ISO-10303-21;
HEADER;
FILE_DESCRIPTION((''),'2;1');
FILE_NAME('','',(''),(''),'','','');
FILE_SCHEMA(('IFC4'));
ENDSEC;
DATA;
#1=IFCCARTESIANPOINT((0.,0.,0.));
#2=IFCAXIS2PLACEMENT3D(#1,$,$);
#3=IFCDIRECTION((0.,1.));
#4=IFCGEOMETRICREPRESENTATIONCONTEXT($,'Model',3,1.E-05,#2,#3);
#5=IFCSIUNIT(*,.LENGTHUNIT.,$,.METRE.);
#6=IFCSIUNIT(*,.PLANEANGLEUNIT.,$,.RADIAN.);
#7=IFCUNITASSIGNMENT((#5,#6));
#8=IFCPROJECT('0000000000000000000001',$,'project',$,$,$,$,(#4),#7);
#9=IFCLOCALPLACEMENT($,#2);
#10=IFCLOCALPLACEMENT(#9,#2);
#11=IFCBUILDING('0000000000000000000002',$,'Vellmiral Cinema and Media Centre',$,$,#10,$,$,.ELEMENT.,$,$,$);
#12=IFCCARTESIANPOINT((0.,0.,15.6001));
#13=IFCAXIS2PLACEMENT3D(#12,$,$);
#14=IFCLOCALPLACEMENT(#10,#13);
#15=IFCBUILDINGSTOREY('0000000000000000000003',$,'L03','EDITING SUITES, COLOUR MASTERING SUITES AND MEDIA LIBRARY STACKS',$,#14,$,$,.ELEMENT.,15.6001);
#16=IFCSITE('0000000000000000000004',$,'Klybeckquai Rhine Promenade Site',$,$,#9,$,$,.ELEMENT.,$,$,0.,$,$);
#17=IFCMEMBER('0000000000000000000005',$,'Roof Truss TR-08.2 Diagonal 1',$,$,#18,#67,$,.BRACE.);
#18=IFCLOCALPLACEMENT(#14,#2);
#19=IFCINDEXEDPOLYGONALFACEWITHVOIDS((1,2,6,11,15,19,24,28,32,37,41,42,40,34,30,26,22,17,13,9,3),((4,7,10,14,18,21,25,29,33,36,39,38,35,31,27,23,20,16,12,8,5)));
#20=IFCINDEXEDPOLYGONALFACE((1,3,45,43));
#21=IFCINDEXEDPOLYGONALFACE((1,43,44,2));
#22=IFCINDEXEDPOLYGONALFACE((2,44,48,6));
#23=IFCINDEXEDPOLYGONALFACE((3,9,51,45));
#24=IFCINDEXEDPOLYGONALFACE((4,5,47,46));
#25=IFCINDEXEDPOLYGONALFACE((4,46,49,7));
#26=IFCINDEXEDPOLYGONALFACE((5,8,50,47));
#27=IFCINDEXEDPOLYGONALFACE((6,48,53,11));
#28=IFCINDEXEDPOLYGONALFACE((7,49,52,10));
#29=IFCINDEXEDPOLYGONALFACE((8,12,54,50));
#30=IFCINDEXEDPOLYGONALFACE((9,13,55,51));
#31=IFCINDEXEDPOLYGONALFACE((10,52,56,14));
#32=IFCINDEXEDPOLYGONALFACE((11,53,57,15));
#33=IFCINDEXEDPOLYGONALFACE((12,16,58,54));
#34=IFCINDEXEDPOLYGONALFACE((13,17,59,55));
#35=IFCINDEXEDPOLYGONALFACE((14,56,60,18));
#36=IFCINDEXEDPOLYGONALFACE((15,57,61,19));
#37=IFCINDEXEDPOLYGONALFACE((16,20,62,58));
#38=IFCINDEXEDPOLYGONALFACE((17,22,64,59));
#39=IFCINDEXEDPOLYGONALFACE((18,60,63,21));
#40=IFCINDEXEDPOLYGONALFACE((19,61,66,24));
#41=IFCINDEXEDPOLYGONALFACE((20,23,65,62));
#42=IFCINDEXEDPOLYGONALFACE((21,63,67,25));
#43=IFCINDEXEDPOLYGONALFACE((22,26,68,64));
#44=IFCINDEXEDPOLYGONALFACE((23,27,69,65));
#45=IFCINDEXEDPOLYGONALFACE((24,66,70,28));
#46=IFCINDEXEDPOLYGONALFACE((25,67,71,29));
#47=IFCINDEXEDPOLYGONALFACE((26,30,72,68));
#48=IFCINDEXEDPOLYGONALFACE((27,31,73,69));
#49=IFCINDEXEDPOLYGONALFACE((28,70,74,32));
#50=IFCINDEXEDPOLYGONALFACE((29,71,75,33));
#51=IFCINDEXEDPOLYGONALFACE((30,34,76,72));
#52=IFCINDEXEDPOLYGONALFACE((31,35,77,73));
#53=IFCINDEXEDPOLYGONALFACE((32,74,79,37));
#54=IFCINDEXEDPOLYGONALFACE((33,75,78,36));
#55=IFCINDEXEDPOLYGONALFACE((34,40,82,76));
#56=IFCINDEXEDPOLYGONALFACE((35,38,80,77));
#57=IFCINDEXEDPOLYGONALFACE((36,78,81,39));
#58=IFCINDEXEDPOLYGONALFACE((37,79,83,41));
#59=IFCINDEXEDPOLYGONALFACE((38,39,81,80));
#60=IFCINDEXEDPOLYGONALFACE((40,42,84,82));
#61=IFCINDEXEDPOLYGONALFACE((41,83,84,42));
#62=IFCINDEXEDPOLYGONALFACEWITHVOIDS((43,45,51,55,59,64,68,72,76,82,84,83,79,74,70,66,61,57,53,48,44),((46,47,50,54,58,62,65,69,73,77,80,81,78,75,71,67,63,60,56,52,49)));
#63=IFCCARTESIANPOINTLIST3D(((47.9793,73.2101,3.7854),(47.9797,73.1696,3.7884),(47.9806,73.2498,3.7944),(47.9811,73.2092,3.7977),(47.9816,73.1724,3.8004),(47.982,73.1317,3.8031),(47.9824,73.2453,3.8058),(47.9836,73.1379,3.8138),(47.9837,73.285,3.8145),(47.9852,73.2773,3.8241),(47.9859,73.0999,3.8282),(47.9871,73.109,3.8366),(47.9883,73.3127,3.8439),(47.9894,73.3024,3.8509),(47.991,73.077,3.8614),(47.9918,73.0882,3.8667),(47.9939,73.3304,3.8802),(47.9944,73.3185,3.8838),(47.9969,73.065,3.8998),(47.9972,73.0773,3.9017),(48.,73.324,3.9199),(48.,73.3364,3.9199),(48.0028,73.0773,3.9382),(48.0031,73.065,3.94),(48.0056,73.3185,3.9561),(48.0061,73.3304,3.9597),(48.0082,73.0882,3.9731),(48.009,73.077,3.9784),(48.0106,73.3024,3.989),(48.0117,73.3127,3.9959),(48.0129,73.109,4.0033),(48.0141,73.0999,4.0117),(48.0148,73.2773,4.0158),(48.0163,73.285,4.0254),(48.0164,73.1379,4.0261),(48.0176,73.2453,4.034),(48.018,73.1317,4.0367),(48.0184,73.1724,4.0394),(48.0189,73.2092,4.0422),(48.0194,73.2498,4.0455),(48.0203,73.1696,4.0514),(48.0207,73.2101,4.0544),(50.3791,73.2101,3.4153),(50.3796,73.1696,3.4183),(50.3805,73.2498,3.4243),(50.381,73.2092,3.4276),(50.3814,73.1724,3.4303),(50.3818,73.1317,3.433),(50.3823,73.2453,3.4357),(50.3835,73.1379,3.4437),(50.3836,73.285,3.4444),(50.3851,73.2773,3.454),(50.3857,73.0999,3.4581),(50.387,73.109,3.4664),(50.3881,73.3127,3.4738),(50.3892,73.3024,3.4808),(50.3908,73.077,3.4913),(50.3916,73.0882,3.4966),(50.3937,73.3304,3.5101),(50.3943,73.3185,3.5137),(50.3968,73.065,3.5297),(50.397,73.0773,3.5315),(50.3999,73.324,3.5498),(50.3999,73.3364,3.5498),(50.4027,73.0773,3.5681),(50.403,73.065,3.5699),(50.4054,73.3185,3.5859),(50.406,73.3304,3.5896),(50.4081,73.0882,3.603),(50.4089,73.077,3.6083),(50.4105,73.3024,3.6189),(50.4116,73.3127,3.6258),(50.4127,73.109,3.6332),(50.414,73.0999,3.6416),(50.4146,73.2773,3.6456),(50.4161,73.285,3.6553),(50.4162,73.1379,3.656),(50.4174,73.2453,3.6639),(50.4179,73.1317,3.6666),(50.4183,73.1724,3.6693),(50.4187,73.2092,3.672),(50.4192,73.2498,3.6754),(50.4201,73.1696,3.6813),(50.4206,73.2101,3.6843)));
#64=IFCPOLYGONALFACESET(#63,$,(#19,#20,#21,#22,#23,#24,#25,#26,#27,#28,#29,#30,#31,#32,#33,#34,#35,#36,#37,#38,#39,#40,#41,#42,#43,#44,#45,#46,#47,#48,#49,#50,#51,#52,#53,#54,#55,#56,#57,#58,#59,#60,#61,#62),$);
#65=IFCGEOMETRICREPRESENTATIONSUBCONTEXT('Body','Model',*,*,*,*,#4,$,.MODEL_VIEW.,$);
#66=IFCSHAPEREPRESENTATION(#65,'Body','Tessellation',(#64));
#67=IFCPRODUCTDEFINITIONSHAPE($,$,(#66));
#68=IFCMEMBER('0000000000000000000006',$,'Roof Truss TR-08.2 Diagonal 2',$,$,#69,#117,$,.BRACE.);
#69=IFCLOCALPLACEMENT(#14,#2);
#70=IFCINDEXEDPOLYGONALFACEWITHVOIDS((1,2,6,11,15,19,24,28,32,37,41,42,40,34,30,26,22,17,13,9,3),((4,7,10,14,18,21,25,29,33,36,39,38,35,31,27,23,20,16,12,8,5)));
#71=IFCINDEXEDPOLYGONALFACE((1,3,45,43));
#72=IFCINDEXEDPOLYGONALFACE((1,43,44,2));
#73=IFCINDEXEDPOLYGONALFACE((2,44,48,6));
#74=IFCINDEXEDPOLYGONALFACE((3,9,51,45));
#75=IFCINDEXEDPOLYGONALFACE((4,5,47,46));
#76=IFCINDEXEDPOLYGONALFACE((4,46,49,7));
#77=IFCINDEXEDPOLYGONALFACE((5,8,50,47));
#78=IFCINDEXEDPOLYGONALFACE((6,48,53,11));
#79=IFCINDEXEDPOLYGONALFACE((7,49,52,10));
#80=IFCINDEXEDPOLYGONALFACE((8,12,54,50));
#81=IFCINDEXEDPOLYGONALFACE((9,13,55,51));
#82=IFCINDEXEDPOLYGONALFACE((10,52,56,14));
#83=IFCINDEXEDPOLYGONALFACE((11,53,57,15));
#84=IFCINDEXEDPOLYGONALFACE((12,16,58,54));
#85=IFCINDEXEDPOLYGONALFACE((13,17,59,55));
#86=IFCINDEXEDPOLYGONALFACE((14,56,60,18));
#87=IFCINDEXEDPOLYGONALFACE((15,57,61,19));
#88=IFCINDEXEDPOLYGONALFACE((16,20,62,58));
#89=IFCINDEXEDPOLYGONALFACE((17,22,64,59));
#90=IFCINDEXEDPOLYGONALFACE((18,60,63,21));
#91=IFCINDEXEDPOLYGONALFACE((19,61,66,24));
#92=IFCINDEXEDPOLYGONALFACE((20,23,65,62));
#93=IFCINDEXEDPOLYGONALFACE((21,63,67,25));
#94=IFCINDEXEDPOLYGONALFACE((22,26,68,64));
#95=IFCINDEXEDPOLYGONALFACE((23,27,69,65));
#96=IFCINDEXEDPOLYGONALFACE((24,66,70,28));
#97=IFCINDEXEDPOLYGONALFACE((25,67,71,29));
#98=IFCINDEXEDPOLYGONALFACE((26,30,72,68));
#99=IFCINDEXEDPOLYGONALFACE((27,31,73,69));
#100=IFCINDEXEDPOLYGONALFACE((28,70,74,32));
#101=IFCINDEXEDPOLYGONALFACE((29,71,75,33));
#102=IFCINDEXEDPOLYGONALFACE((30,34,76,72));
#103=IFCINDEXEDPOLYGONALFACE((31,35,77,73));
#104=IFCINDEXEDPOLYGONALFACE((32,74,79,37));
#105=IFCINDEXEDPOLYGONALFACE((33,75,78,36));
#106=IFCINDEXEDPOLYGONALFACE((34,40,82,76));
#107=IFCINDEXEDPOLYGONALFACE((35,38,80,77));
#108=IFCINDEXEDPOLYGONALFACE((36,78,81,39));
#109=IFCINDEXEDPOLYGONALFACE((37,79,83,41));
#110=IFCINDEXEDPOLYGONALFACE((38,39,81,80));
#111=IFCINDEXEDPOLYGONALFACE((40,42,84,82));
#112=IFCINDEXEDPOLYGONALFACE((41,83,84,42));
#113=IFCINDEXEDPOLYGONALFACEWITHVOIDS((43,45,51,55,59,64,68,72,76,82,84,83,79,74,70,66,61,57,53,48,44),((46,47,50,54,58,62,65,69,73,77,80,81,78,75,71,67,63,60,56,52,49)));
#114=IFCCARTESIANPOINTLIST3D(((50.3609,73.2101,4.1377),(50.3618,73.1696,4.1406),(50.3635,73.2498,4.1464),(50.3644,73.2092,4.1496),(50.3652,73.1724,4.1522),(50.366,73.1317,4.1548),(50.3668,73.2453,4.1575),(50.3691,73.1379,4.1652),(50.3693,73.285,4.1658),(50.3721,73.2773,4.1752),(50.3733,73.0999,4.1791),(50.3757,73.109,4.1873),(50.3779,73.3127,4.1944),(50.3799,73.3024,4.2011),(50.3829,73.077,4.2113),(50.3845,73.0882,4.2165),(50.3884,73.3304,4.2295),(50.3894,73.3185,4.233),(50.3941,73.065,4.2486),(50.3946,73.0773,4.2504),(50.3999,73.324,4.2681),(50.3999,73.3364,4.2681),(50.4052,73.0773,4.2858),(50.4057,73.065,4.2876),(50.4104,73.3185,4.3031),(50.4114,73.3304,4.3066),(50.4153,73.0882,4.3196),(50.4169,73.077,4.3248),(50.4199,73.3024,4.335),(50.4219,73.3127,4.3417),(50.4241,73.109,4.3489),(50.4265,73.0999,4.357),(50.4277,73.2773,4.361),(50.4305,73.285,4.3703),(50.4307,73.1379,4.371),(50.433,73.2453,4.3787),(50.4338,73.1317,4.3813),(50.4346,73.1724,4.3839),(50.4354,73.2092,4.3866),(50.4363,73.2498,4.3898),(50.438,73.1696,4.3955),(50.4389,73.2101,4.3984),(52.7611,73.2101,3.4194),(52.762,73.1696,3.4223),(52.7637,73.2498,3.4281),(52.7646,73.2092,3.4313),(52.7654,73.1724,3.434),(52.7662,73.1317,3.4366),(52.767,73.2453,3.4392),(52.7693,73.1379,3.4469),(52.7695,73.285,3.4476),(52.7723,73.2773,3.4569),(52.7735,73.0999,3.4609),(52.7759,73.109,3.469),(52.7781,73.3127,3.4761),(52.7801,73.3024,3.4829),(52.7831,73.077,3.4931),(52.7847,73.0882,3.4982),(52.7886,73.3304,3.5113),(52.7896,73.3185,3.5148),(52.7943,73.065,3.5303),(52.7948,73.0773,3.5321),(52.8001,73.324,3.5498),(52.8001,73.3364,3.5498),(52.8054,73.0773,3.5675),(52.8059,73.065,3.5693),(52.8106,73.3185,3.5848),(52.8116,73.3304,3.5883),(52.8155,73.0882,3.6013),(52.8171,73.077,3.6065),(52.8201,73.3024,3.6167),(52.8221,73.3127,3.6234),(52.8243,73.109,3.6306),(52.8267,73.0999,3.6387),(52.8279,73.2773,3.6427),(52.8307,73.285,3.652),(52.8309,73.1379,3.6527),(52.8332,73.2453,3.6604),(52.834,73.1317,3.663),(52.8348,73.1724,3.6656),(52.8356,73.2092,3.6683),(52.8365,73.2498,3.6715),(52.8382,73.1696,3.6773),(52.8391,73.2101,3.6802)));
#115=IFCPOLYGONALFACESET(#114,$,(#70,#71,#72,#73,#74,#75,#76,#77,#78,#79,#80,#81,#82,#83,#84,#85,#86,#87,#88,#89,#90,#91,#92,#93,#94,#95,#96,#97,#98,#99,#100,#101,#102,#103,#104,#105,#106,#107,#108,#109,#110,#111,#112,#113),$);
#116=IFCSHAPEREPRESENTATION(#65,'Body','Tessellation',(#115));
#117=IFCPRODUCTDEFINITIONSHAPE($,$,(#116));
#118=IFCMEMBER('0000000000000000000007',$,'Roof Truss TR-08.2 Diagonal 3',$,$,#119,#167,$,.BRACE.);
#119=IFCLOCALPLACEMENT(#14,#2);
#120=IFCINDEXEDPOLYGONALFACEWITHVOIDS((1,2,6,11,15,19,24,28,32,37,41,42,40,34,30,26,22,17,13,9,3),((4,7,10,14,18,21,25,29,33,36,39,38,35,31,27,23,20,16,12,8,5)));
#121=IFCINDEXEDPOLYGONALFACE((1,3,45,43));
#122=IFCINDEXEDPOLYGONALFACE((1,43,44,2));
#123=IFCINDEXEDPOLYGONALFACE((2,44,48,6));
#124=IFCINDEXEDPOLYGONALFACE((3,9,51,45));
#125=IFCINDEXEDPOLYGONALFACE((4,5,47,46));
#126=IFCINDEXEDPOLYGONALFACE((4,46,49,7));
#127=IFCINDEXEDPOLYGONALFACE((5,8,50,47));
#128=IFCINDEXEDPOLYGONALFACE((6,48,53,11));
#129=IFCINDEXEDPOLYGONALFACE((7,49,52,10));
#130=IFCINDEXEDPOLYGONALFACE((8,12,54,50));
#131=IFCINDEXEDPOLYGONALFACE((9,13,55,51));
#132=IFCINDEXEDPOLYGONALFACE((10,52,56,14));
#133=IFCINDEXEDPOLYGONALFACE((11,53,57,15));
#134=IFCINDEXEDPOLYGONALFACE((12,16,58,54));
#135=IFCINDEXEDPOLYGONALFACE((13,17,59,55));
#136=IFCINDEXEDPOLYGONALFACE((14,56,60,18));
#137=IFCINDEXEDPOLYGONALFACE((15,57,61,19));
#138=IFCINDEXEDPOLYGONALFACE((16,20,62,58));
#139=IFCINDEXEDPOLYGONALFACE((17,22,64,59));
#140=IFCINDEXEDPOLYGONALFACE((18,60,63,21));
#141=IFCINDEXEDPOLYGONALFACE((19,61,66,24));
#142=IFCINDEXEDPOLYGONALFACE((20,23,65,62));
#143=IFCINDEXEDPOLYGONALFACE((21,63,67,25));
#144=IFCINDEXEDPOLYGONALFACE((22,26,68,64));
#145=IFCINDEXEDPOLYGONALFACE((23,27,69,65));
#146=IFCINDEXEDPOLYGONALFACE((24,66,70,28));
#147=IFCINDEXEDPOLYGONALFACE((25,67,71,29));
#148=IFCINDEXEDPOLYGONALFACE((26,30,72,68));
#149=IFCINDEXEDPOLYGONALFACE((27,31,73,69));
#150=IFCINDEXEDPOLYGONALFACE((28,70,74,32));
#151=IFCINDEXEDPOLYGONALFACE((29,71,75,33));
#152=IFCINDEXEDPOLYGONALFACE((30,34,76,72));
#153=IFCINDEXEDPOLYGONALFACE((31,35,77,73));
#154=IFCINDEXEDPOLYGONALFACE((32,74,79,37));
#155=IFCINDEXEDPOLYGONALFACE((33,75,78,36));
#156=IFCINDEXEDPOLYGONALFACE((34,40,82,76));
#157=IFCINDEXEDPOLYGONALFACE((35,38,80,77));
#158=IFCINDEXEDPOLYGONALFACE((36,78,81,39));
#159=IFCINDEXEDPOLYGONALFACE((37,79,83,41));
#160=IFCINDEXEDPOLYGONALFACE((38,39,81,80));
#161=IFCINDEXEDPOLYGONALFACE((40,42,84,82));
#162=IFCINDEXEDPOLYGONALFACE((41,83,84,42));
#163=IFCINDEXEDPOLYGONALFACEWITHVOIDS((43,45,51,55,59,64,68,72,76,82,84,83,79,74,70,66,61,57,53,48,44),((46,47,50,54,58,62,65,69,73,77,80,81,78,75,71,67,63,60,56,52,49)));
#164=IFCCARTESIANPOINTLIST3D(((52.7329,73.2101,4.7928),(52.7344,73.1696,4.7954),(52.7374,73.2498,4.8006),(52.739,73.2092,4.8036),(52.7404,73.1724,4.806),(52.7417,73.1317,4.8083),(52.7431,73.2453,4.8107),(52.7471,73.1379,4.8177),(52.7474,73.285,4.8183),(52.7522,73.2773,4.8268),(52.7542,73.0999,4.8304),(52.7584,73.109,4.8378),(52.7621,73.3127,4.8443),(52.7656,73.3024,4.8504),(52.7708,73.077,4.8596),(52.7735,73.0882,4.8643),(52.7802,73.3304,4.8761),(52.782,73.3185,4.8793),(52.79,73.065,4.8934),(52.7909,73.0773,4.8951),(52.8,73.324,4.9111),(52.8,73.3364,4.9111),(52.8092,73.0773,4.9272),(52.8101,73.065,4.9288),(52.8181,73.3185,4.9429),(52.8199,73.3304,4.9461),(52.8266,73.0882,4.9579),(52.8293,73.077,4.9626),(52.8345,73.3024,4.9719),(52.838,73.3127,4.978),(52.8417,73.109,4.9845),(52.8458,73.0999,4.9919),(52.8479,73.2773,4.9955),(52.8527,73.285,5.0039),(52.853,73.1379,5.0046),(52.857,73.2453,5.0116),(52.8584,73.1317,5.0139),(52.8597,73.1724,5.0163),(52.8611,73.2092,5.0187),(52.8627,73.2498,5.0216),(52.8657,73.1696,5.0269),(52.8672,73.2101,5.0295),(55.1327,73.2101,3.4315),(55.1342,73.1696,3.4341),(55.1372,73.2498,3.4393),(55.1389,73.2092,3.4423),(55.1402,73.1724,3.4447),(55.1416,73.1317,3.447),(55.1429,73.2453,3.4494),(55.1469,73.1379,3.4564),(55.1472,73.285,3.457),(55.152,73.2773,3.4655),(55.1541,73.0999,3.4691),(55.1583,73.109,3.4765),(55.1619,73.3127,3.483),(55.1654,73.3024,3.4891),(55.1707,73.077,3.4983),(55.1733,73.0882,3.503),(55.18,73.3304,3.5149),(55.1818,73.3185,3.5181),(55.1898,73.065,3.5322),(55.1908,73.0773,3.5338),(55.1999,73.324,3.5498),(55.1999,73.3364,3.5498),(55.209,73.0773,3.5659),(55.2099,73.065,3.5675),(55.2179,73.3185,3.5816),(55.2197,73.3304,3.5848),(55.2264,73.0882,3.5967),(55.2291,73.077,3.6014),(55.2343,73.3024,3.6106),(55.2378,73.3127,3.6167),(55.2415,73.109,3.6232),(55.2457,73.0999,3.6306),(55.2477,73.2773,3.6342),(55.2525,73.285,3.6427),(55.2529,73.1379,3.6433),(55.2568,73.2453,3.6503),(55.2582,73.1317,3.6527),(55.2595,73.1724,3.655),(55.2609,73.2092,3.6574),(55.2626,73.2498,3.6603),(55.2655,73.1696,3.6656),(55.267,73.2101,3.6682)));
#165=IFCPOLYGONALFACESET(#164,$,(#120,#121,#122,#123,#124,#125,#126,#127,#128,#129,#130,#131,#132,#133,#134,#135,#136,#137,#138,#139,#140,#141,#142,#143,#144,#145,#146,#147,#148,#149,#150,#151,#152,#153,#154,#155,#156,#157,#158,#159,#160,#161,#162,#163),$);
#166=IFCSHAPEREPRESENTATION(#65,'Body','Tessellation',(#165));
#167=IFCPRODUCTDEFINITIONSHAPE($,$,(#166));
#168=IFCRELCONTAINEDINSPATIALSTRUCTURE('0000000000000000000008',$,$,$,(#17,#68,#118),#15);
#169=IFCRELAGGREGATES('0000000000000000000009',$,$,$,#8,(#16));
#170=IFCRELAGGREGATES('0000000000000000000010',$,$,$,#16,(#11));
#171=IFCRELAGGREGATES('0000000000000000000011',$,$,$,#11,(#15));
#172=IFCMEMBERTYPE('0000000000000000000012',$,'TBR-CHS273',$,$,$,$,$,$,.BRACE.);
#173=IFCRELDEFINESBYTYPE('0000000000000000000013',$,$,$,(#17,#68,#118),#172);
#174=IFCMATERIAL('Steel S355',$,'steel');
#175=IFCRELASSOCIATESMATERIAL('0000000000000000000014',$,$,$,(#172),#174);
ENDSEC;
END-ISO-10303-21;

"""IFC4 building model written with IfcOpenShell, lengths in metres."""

from ifc_helpers import new_model, si_unit, direction, frame, origin, origin_2d, place, context, subcontext, project, spatial, hollow_circle, extrude, material, material_profile, profile_set, type_object, element, save


model = new_model("IFC4")

# Units and contexts
model_context = context("Model", 3, precision=1e-05, world=origin(), true_north=direction((0.0, 1.0)))
body_context = subcontext(model_context, "Body", "Model", "MODEL_VIEW")
ifc_project = project(units=[si_unit("LENGTHUNIT", "METRE"), si_unit("PLANEANGLEUNIT", "RADIAN")], contexts=[model_context])

# Site, building, storey
site_placement = place(None, origin())
site = spatial("IfcSite", under=ifc_project, at=site_placement, Name="Klybeckquai Rhine Promenade Site", CompositionType="ELEMENT", RefElevation=0.0)
building_placement = place(site_placement, origin())
building = spatial("IfcBuilding", under=site, at=building_placement, Name="Vellmiral Cinema and Media Centre", CompositionType="ELEMENT")
storey_placement = place(building_placement, frame((0.0, 0.0, 15.6001)))
storey = spatial("IfcBuildingStorey", under=building, at=storey_placement, Name="L03", Description="EDITING SUITES, COLOUR MASTERING SUITES AND MEDIA LIBRARY STACKS", CompositionType="ELEMENT", Elevation=15.6001)

# Members
ifc_material_1 = material(Name="Steel S355", Category="steel")
ifc_material_profile_1 = material_profile(ifc_material_1, hollow_circle(Radius=0.1365, WallThickness=0.0125, at=origin_2d()), Name="CHS 273.0x12.5")
ifc_profile_set_1 = profile_set([ifc_material_profile_1], Name="Steel S355")
member_type_1 = type_object("IfcMemberType", Name="TBR-CHS273", PredefinedType="BRACE", material=ifc_profile_set_1)
member_1_placement = place(storey_placement, frame((48.0, 73.2, 3.9199), z_axis=(0.988316, 0.0, -0.15242), x_axis=(0.0, 1.0, 0.0)))
element("IfcMember", 1, at=member_1_placement, inside=storey, type_object=member_type_1, Name="Roof Truss TR-08.2 Diagonal 1", PredefinedType="BRACE", context=body_context, shape_type="SweptSolid", body=[
    extrude(hollow_circle(Radius=0.1365, WallThickness=0.0125, at=origin_2d()), origin(), (0.0, 0.0, 1.0), 2.4282),
])
member_2_placement = place(storey_placement, frame((50.3999, 73.2, 4.2681), z_axis=(0.958022, 0.0, -0.286695), x_axis=(0.0, 1.0, 0.0)))
element("IfcMember", 2, at=member_2_placement, inside=storey, type_object=member_type_1, Name="Roof Truss TR-08.2 Diagonal 2", PredefinedType="BRACE", context=body_context, shape_type="SweptSolid", body=[
    extrude(hollow_circle(Radius=0.1365, WallThickness=0.0125, at=origin_2d()), origin(), (0.0, 0.0, 1.0), 2.5054),
])
member_3_placement = place(storey_placement, frame((52.8, 73.2, 4.9111), z_axis=(0.869807, 0.0, -0.493392), x_axis=(0.0, 1.0, 0.0)))
element("IfcMember", 3, at=member_3_placement, inside=storey, type_object=member_type_1, Name="Roof Truss TR-08.2 Diagonal 3", PredefinedType="BRACE", context=body_context, shape_type="SweptSolid", body=[
    extrude(hollow_circle(Radius=0.1365, WallThickness=0.0125, at=origin_2d()), origin(), (0.0, 0.0, 1.0), 2.759),
])

save(model, "model.ifc")
